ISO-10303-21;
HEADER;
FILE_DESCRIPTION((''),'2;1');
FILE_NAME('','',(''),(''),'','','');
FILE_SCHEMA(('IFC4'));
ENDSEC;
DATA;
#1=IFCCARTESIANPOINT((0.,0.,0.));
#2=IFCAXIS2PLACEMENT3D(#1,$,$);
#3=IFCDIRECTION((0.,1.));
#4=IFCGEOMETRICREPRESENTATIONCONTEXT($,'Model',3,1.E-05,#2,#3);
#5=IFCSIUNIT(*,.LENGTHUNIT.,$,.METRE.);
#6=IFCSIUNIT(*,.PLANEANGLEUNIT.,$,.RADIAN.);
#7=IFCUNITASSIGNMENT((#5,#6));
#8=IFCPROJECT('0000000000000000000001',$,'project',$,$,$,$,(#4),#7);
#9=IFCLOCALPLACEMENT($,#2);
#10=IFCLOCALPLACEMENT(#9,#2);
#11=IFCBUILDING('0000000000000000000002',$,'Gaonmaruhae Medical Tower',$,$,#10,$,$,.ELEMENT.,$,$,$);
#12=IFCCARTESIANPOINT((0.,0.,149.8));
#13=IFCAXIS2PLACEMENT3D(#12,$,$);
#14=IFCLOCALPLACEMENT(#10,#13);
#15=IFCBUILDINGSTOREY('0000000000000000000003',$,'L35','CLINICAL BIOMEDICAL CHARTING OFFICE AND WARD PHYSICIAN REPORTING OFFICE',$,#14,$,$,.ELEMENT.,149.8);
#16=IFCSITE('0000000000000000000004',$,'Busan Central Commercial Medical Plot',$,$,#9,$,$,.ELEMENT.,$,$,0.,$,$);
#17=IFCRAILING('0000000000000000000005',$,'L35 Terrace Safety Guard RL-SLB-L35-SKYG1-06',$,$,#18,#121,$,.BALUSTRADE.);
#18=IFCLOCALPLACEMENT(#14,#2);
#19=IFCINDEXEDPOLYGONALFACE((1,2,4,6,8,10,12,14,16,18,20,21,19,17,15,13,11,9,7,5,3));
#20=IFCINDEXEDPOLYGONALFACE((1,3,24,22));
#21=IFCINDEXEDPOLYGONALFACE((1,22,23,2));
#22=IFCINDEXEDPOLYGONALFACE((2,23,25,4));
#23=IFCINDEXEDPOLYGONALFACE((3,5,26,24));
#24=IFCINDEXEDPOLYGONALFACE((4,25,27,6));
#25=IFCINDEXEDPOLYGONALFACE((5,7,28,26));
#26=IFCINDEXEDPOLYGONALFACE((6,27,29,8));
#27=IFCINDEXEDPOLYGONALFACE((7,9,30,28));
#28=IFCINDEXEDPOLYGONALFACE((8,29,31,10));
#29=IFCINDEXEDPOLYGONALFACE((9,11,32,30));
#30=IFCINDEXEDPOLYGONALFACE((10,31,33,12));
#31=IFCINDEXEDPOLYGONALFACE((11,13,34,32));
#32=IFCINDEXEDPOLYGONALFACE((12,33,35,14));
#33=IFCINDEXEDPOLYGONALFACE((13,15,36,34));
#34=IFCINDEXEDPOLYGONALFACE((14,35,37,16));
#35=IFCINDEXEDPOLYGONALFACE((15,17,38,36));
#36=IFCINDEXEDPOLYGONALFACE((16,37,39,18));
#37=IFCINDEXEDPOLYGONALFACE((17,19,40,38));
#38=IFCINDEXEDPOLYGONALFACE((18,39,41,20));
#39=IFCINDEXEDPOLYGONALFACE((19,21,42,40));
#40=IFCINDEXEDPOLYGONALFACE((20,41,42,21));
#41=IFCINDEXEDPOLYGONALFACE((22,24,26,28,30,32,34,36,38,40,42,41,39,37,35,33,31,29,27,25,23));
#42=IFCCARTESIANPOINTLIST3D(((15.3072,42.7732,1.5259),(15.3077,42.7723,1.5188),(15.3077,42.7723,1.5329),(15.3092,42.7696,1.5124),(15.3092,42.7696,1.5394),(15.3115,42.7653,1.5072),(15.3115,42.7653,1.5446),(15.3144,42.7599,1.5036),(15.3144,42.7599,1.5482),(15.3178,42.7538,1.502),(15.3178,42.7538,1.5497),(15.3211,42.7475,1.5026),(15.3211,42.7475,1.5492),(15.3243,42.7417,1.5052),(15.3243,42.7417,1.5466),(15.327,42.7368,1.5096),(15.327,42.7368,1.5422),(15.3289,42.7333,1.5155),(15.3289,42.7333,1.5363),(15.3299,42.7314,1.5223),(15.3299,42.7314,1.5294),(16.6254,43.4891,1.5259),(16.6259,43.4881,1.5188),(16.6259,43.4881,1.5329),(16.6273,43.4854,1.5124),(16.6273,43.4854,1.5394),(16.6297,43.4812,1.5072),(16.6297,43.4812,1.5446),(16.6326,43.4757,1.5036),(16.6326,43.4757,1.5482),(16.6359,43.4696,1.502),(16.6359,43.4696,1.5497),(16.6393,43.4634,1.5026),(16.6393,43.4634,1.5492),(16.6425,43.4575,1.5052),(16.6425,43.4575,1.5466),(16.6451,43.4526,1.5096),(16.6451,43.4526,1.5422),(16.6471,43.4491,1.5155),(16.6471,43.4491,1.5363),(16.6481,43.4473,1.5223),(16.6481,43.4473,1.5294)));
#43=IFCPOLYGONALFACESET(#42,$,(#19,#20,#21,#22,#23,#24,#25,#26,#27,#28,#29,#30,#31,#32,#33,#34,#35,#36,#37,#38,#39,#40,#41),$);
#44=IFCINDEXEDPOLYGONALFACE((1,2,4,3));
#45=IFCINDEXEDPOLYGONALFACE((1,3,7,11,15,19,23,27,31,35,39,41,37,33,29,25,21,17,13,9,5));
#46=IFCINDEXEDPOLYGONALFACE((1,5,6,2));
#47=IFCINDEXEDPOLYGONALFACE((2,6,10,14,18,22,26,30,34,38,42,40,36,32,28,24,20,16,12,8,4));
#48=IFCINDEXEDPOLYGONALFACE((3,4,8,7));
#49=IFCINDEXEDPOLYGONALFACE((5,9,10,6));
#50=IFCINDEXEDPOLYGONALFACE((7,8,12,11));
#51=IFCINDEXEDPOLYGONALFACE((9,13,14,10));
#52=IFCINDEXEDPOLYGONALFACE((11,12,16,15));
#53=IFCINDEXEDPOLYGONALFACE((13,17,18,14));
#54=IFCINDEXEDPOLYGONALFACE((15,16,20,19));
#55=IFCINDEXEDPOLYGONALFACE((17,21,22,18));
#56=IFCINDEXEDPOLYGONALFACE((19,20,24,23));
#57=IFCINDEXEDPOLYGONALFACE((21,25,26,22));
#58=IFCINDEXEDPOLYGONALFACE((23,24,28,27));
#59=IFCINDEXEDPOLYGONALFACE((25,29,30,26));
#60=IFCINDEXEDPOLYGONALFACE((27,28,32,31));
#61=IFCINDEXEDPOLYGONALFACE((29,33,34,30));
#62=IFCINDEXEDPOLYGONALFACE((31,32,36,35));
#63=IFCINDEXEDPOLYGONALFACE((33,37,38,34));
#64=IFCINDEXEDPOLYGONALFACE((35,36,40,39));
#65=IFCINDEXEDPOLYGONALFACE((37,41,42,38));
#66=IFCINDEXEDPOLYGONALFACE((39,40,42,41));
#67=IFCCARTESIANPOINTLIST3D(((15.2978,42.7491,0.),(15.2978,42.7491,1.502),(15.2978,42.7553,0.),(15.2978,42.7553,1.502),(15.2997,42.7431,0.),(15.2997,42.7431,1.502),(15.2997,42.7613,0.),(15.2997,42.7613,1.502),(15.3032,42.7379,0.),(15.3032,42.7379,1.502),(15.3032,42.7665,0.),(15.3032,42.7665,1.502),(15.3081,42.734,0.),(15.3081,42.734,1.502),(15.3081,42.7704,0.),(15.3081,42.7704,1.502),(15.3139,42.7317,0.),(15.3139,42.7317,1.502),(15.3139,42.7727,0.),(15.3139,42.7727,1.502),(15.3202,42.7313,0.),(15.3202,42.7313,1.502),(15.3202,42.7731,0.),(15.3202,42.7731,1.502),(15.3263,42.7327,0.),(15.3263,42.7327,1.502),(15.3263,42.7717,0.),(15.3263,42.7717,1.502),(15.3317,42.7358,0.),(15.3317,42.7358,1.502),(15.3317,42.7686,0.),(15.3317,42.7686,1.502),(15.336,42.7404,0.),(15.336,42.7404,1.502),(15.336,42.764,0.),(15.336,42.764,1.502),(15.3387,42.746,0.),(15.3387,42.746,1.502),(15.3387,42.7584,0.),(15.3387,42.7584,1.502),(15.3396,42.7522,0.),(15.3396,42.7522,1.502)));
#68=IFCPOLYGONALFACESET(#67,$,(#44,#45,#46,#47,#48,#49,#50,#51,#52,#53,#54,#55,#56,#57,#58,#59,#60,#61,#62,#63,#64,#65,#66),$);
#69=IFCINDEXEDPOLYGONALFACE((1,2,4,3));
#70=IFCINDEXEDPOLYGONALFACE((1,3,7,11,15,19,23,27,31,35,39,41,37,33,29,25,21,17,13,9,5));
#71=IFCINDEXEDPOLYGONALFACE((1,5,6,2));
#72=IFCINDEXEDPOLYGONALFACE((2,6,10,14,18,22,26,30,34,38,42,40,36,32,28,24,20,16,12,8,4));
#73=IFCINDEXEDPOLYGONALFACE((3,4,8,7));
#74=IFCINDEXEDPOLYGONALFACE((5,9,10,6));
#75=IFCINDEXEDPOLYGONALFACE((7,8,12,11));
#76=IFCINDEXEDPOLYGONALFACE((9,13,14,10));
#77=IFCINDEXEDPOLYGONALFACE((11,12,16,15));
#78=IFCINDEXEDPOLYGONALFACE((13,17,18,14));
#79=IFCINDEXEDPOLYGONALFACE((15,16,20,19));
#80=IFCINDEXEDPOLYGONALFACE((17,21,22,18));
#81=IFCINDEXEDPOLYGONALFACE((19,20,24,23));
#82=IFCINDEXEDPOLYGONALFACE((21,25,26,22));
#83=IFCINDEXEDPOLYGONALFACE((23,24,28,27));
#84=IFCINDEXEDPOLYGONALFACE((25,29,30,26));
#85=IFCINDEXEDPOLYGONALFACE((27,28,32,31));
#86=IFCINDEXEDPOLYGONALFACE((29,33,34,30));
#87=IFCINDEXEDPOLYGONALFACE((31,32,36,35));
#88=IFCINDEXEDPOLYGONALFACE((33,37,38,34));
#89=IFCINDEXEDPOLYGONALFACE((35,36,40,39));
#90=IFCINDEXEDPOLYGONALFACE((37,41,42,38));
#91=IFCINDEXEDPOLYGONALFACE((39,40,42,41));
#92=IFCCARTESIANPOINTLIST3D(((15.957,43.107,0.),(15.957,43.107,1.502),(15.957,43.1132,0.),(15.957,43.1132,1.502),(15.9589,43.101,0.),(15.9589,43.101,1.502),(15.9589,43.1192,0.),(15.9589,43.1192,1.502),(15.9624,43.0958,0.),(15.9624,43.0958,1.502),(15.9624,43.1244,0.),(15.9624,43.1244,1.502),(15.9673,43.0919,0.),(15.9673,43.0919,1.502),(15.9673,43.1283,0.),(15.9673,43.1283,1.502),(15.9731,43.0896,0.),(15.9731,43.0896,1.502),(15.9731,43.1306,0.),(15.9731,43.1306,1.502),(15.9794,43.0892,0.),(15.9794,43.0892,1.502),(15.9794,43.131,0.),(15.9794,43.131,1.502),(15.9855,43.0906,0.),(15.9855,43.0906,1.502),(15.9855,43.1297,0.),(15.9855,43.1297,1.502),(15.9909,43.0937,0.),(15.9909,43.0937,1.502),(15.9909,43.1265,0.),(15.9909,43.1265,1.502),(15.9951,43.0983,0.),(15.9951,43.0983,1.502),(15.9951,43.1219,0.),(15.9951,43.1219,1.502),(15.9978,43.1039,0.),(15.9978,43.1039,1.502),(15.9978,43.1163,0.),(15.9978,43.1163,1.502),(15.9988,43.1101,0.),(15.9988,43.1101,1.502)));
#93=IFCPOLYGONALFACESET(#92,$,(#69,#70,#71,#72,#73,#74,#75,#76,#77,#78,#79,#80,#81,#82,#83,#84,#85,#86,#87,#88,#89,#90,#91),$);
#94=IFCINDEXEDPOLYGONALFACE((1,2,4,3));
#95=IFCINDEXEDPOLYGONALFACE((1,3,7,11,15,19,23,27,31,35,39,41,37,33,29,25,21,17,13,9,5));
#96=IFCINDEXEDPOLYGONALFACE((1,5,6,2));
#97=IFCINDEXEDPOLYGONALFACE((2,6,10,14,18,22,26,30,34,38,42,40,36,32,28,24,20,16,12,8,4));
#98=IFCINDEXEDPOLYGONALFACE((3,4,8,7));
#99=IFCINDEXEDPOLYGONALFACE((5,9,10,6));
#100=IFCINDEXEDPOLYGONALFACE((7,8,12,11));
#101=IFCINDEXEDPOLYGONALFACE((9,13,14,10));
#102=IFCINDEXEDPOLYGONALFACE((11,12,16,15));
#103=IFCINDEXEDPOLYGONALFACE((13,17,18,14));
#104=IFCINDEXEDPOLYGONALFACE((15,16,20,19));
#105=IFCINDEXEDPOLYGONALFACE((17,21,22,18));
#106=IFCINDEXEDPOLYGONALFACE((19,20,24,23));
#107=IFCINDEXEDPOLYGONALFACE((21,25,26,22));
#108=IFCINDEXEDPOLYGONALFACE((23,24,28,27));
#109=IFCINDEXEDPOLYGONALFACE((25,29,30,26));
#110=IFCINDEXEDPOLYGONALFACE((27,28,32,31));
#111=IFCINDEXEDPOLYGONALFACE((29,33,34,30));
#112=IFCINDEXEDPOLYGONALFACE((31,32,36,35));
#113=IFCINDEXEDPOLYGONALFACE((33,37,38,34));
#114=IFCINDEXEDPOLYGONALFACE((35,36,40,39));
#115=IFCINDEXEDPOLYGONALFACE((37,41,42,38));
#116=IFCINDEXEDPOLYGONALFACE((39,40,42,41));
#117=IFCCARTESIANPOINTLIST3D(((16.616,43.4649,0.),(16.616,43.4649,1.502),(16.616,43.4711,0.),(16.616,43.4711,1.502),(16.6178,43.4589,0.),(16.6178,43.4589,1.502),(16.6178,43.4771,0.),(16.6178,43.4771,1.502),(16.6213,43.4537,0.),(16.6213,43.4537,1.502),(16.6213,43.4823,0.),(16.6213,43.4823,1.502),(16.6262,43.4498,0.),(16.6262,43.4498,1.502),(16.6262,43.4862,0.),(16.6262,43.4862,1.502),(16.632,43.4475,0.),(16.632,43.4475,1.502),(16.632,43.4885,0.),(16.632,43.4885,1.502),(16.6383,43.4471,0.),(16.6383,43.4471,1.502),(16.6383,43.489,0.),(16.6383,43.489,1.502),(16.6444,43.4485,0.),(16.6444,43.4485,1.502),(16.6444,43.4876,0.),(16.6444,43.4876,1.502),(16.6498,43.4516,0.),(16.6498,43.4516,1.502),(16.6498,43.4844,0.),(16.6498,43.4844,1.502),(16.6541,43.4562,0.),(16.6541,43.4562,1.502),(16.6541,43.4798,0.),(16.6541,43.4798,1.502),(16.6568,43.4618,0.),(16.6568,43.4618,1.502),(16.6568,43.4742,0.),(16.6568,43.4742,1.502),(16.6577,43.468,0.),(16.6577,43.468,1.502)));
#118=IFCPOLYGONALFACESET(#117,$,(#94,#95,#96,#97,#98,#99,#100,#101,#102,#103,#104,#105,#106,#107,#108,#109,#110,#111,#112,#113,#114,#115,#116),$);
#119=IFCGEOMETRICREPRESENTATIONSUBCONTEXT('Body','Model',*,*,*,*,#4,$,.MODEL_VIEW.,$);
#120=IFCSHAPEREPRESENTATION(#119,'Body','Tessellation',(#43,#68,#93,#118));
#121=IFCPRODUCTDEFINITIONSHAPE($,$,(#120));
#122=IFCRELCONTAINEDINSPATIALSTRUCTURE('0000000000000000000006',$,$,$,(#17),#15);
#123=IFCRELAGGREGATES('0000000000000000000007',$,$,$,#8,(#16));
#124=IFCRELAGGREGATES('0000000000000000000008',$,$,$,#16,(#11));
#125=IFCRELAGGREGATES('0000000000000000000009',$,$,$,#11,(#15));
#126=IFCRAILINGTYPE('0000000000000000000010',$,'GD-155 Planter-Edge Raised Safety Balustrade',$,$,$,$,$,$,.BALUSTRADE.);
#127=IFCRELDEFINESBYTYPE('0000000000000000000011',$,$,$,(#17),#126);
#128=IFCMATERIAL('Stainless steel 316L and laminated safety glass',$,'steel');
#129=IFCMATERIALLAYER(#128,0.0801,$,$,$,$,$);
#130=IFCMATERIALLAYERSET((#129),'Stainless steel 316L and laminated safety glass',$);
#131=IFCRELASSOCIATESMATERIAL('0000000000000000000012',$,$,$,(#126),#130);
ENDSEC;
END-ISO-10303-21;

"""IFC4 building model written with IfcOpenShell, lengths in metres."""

from ifc_helpers import new_model, si_unit, direction, frame, origin, origin_2d, place, context, subcontext, project, spatial, circle, extrude, material, layer, layer_set, type_object, element, save


model = new_model("IFC4")

# Units and contexts
model_context = context("Model", 3, precision=1e-05, world=origin(), true_north=direction((0.0, 1.0)))
body_context = subcontext(model_context, "Body", "Model", "MODEL_VIEW")
ifc_project = project(units=[si_unit("LENGTHUNIT", "METRE"), si_unit("PLANEANGLEUNIT", "RADIAN")], contexts=[model_context])

# Site, building, storey
site_placement = place(None, origin())
site = spatial("IfcSite", under=ifc_project, at=site_placement, Name="Busan Central Commercial Medical Plot", CompositionType="ELEMENT", RefElevation=0.0)
building_placement = place(site_placement, origin())
building = spatial("IfcBuilding", under=site, at=building_placement, Name="Gaonmaruhae Medical Tower", CompositionType="ELEMENT")
storey_placement = place(building_placement, frame((0.0, 0.0, 149.8)))
storey = spatial("IfcBuildingStorey", under=building, at=storey_placement, Name="L35", Description="CLINICAL BIOMEDICAL CHARTING OFFICE AND WARD PHYSICIAN REPORTING OFFICE", CompositionType="ELEMENT", Elevation=149.8)

# Railing
ifc_material_1 = material(Name="Stainless steel 316L and laminated safety glass", Category="steel")
ifc_layer_1 = layer(ifc_material_1, 0.0801)
ifc_layer_set_1 = layer_set([ifc_layer_1], Name="Stainless steel 316L and laminated safety glass")
railing_type = type_object("IfcRailingType", Name="GD-155 Planter-Edge Raised Safety Balustrade", PredefinedType="BALUSTRADE", material=ifc_layer_set_1)
railing_1_placement = place(storey_placement, frame((15.3186, 42.7522, 0.0)))
element("IfcRailing", 1, at=railing_1_placement, inside=storey, type_object=railing_type, Name="L35 Terrace Safety Guard RL-SLB-L35-SKYG1-06", PredefinedType="BALUSTRADE", context=body_context, shape_type="SweptSolid", body=[
    extrude(circle(Radius=0.0239, at=origin_2d()), frame((0.0, 0.0, 1.5259), z_axis=(0.878777, 0.477232, 0.0), x_axis=(-0.477232, 0.878777, 0.0)), (0.0, 0.0, 1.0), 1.5),
    extrude(circle(Radius=0.021, at=origin_2d()), origin(), (0.0, 0.0, 1.0), 1.502),
    extrude(circle(Radius=0.021, at=origin_2d()), frame((0.6592, 0.3579, 0.0)), (0.0, 0.0, 1.0), 1.502),
    extrude(circle(Radius=0.021, at=origin_2d()), frame((1.3181, 0.7158, 0.0)), (0.0, 0.0, 1.0), 1.502),
])

save(model, "model.ifc")
